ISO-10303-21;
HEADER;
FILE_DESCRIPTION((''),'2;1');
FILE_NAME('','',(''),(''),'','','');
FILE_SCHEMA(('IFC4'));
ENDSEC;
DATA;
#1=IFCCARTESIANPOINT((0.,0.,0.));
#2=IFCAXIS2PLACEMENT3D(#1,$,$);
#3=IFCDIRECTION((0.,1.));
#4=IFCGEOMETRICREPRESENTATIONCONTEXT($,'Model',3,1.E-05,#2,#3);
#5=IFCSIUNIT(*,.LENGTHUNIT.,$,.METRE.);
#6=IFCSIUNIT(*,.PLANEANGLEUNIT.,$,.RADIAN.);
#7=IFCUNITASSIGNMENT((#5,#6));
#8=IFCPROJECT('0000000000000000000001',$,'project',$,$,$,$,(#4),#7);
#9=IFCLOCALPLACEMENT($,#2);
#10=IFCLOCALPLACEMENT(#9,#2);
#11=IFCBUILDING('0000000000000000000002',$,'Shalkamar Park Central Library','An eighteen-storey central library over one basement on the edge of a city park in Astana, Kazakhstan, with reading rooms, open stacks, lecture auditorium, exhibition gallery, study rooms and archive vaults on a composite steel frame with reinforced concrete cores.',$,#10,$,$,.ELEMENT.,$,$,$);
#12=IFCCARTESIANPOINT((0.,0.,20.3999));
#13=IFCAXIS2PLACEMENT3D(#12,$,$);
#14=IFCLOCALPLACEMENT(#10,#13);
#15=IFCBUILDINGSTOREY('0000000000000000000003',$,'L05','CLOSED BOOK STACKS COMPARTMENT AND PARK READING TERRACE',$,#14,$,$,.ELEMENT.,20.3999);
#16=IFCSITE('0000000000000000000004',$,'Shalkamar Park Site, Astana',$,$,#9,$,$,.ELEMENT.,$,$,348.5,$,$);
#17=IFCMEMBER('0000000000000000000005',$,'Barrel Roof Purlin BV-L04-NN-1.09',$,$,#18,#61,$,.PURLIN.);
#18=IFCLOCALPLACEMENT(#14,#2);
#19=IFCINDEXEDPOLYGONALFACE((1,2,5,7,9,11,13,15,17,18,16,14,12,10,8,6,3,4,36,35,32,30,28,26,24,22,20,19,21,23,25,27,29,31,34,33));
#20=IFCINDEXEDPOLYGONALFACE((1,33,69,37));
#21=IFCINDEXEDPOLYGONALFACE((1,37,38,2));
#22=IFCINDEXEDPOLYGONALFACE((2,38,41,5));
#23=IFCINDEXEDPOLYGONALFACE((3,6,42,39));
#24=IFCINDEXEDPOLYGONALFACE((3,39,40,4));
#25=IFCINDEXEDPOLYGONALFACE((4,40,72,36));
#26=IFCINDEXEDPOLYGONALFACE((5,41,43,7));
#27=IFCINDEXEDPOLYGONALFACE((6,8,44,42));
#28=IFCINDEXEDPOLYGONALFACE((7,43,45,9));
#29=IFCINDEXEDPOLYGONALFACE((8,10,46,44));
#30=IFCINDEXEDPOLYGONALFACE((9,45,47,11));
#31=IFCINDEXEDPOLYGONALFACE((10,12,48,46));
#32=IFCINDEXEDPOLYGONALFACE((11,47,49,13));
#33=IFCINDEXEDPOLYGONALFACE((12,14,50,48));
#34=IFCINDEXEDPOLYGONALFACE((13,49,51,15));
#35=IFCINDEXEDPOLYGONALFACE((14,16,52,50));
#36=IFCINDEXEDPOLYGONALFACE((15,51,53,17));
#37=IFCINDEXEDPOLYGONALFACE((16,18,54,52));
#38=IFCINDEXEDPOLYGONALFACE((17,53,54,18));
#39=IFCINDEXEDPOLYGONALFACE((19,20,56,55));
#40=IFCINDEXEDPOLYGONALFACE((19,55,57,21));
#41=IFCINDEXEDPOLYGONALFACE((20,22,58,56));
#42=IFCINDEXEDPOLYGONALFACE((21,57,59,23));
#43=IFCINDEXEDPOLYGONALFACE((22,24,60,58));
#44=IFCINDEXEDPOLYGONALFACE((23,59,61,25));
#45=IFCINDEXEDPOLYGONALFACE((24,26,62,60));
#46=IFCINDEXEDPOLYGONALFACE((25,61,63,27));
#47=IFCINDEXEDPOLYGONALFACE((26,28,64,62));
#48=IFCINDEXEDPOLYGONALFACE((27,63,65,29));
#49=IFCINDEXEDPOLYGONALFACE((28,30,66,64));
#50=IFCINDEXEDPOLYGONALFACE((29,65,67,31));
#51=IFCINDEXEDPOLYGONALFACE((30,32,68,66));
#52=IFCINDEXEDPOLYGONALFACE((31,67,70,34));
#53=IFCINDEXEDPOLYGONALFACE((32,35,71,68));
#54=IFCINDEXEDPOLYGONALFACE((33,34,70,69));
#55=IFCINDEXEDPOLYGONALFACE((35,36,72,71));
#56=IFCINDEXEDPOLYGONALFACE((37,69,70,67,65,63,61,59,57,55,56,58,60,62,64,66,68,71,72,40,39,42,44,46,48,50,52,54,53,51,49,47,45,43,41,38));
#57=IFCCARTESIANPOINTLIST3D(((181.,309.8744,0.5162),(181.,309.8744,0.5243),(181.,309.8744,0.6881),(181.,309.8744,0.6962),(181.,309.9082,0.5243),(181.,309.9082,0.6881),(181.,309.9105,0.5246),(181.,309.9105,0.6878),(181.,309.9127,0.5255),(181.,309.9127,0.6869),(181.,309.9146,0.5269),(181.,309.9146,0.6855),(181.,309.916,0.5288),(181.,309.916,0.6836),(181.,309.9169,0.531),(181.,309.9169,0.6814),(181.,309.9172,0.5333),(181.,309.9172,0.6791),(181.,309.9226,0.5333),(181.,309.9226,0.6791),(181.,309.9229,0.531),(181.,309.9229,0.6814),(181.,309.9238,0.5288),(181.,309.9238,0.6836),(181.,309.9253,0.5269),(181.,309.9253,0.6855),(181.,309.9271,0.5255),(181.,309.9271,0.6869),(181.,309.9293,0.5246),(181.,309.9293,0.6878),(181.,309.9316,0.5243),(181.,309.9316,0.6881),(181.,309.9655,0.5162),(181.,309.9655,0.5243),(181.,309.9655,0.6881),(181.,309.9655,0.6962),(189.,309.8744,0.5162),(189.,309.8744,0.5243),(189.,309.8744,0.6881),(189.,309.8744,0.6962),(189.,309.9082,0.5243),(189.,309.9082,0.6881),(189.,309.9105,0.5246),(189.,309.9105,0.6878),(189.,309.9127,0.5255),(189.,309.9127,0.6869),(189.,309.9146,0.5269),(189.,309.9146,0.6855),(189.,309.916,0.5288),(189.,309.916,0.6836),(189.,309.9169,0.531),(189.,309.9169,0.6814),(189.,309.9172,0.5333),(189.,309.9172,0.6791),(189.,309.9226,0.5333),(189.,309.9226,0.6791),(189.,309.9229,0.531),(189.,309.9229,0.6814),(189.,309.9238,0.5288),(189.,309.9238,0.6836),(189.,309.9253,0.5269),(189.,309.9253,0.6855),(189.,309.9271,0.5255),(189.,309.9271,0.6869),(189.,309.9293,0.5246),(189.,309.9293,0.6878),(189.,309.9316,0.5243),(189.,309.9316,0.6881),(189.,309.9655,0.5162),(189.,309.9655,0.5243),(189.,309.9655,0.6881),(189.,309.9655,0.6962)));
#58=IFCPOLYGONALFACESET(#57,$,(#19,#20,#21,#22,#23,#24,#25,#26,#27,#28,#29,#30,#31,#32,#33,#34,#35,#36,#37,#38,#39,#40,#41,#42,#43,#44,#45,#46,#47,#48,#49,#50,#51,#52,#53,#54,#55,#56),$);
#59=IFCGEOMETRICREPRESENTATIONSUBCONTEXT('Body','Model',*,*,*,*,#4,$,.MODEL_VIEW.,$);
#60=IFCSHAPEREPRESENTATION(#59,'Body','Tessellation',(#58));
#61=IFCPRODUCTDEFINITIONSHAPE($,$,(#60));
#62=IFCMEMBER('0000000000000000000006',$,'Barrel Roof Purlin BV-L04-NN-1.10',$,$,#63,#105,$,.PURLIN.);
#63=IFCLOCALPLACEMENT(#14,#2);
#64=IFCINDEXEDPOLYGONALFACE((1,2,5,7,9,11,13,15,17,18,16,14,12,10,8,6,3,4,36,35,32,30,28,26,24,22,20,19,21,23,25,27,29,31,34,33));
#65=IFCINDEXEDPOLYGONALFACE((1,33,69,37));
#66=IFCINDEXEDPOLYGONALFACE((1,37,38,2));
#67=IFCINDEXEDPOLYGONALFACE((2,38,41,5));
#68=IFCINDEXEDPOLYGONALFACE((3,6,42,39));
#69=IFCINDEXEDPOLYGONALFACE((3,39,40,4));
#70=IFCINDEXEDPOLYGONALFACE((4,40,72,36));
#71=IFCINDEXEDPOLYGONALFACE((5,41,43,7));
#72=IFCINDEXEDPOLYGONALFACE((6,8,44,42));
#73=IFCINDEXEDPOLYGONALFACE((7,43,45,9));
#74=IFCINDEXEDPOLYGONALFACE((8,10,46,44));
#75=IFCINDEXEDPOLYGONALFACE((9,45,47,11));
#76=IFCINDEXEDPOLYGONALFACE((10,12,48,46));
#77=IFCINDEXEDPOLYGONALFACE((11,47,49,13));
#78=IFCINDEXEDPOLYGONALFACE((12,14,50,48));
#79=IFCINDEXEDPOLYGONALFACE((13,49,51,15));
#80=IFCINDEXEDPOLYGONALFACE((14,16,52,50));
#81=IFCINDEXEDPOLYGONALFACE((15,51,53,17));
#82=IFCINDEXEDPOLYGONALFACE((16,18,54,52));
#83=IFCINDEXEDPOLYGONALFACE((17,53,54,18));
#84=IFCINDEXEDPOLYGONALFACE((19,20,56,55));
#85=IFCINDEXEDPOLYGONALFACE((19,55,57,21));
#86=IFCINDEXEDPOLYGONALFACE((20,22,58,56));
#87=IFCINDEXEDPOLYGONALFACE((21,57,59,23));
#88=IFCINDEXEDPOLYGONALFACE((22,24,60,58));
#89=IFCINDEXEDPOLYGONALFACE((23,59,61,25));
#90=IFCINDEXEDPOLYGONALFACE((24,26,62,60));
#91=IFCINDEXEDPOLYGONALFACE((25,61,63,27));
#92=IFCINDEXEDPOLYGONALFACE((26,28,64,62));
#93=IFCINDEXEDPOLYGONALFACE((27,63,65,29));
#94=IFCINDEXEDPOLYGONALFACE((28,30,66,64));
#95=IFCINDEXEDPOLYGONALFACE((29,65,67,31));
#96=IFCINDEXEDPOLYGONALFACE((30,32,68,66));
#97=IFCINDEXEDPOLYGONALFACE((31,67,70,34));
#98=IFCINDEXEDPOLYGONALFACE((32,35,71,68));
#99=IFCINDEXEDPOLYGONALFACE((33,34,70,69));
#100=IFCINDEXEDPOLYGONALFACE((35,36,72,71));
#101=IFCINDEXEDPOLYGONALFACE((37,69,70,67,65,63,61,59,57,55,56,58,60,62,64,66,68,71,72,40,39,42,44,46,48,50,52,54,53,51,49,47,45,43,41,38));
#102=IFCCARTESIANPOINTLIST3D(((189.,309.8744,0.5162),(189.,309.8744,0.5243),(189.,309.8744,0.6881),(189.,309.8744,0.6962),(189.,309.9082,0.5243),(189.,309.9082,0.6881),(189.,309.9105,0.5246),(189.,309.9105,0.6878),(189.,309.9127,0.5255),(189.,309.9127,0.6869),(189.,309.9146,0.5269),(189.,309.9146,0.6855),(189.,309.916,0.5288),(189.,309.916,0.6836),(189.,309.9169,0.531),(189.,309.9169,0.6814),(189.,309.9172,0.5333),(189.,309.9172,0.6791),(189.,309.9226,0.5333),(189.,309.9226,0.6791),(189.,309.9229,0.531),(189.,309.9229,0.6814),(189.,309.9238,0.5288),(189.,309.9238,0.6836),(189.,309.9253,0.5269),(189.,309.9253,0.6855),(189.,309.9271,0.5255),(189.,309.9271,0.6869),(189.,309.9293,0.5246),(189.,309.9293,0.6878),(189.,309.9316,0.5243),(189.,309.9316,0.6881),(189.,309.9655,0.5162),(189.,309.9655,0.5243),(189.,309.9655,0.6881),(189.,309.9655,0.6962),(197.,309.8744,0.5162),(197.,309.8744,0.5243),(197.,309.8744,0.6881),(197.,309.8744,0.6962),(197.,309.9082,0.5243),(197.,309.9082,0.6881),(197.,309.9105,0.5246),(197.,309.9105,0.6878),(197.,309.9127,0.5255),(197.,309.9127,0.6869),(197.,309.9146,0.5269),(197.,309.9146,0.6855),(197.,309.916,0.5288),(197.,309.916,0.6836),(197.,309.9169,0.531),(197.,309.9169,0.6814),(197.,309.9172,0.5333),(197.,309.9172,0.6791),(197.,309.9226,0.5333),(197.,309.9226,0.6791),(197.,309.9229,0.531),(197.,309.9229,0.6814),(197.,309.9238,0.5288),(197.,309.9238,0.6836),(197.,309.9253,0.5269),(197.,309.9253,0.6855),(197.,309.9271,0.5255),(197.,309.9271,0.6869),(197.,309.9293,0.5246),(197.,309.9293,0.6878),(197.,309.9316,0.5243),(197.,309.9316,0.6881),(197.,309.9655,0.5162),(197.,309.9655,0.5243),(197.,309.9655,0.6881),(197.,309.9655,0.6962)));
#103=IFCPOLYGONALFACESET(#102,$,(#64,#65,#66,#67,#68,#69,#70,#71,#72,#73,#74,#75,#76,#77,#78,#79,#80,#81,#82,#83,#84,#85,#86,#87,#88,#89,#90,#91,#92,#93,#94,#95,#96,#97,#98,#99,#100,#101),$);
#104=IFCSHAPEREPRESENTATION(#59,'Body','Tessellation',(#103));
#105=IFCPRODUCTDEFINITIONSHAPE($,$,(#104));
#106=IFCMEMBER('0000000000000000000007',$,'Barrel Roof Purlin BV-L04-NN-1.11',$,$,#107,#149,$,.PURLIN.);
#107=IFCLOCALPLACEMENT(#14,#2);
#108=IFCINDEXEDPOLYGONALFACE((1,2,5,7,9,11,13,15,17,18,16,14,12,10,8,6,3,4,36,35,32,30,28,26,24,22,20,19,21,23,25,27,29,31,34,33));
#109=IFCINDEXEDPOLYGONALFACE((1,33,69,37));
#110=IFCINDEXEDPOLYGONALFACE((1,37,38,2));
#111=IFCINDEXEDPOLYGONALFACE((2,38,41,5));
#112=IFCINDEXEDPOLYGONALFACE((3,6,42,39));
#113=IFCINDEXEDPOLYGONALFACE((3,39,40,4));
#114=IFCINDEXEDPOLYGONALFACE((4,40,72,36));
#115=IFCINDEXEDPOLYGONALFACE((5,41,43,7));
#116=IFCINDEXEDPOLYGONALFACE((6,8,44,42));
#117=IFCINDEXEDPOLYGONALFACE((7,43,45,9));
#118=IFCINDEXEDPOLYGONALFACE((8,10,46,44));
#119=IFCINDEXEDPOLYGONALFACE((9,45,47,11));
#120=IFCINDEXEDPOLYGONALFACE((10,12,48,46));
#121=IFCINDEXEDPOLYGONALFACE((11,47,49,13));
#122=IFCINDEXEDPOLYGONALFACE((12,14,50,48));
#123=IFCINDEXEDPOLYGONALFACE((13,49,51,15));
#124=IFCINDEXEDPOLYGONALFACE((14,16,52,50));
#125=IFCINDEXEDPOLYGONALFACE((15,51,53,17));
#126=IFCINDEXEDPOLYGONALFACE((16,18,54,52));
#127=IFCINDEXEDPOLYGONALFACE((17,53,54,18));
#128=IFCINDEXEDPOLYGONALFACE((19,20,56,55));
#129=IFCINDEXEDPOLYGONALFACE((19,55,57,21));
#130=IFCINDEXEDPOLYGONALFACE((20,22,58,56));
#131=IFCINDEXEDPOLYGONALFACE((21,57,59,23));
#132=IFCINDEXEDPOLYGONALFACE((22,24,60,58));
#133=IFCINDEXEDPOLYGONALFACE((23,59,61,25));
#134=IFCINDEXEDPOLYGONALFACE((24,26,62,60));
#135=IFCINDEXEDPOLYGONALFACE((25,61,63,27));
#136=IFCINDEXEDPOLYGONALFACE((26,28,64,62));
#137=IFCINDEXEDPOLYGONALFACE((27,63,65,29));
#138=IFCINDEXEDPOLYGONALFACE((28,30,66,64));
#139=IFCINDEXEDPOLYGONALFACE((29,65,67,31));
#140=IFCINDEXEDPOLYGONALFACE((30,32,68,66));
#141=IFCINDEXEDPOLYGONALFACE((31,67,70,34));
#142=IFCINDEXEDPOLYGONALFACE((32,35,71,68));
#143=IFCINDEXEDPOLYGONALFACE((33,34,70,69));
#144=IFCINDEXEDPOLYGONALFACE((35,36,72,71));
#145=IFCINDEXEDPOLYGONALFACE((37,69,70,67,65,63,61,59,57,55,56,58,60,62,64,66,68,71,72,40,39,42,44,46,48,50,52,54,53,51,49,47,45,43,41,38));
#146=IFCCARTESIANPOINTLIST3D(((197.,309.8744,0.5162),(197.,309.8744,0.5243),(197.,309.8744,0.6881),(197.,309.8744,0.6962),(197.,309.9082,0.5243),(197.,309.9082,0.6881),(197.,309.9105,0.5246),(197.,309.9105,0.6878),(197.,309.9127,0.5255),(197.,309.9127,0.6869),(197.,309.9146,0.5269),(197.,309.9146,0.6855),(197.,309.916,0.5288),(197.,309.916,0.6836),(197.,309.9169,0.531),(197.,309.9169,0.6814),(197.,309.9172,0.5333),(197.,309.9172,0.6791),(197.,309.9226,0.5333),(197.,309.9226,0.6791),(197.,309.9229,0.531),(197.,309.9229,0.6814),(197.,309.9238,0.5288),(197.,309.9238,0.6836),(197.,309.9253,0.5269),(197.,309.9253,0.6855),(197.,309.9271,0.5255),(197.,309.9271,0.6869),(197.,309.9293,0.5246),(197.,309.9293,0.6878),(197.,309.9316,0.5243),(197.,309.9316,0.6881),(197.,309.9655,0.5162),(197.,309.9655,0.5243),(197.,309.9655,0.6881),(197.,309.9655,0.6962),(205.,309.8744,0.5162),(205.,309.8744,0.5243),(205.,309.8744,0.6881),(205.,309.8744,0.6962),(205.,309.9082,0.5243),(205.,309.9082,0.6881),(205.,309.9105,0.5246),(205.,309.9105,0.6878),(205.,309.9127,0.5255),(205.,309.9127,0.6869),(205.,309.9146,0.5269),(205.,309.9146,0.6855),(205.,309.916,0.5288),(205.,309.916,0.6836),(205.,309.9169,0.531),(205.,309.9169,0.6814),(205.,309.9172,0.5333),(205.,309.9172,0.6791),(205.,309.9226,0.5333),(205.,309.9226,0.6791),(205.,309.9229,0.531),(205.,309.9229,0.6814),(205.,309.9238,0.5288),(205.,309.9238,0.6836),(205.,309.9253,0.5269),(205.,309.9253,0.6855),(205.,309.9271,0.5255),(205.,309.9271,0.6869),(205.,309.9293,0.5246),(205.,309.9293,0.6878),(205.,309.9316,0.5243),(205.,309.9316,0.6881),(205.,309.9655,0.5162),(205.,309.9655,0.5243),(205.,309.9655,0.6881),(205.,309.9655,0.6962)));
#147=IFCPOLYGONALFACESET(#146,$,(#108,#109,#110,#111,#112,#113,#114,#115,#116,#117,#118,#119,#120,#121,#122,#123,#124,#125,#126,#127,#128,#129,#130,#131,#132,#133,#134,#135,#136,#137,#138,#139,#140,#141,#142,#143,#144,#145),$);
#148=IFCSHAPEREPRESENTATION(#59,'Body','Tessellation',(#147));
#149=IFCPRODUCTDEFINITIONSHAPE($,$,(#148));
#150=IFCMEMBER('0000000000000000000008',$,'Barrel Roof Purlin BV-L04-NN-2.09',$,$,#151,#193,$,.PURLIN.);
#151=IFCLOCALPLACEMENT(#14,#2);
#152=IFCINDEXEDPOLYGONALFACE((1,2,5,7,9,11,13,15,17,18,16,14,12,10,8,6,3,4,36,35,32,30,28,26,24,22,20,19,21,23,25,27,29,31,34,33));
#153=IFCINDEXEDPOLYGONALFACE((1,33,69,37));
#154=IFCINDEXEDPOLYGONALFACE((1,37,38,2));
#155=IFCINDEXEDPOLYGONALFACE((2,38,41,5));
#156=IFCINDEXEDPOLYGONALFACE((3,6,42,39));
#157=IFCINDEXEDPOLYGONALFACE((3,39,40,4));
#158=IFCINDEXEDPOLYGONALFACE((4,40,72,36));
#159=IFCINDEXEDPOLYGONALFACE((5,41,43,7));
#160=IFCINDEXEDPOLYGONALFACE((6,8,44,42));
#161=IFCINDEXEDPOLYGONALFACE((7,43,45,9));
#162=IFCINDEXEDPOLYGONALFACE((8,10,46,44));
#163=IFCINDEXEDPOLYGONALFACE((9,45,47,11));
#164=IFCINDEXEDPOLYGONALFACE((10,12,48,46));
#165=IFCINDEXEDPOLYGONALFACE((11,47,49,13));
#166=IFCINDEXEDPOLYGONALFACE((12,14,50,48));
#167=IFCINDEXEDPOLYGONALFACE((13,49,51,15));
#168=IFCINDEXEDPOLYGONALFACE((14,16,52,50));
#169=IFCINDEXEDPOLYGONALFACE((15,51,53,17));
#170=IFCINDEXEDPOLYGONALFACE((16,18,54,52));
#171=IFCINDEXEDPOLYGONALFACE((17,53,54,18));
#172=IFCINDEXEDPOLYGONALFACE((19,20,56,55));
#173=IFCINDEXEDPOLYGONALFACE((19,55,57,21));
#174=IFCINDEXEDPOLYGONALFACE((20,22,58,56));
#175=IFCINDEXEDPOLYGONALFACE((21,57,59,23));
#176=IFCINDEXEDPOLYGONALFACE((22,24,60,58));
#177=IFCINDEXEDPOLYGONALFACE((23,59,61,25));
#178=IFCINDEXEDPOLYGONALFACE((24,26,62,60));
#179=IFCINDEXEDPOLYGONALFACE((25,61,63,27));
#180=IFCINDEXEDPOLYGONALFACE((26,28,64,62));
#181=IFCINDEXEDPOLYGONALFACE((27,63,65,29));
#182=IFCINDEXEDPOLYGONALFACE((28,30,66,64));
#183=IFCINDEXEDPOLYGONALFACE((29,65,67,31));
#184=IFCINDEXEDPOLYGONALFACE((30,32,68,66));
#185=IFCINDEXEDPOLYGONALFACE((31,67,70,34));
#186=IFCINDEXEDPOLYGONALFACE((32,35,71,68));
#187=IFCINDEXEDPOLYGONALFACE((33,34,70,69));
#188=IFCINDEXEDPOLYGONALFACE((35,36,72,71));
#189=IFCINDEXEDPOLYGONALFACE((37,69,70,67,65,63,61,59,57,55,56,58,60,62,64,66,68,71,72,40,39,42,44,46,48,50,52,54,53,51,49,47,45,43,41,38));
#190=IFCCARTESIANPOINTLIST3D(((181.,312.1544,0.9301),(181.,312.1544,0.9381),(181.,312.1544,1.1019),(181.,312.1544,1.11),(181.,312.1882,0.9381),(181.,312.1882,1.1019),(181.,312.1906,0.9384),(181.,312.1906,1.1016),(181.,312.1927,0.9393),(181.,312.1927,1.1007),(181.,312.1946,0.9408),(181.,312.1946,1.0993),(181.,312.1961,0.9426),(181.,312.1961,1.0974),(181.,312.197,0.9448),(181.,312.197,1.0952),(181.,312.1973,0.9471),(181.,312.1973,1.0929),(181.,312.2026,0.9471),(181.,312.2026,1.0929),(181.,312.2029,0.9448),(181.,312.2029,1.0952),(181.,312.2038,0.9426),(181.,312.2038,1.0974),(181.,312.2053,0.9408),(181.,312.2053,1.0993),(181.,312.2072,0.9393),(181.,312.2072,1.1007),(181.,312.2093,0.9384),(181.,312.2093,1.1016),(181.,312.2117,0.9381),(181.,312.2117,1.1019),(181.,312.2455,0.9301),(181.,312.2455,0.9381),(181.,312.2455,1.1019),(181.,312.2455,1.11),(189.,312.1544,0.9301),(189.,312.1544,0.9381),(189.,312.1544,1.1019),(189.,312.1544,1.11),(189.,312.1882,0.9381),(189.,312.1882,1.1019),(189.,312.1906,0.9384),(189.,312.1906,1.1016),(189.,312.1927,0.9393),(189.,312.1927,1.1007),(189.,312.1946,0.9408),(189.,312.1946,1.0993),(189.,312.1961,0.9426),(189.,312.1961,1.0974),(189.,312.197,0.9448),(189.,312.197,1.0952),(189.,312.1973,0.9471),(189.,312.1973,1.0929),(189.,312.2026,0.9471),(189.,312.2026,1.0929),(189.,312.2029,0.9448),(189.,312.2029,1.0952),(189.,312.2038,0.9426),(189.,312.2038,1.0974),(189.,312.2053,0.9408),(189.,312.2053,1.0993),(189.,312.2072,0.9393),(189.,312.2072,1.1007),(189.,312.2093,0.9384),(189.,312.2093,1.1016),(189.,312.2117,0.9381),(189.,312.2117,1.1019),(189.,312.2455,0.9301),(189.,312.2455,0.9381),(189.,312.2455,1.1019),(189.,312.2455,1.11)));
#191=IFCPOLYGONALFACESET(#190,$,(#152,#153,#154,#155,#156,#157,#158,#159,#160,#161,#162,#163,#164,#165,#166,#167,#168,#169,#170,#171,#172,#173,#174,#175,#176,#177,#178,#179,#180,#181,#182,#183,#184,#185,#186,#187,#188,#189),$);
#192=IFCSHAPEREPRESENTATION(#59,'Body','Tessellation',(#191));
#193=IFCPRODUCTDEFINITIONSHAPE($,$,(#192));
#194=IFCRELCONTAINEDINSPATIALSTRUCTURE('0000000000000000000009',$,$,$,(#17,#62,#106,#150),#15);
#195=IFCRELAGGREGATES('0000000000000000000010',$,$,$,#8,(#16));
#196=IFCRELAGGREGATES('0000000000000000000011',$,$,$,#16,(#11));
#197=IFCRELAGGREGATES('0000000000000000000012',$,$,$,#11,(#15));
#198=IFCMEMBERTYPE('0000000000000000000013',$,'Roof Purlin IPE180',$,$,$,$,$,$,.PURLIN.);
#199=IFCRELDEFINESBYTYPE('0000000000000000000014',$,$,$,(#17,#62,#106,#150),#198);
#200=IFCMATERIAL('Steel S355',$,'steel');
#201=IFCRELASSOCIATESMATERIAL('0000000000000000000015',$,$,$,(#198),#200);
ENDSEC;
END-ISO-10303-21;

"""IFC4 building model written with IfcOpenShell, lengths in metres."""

from ifc_helpers import new_model, si_unit, direction, frame, origin, origin_2d, place, context, subcontext, project, spatial, i_section, extrude, material, material_profile, profile_set, type_object, element, save


model = new_model("IFC4")

# Units and contexts
model_context = context("Model", 3, precision=1e-05, world=origin(), true_north=direction((0.0, 1.0)))
body_context = subcontext(model_context, "Body", "Model", "MODEL_VIEW")
ifc_project = project(units=[si_unit("LENGTHUNIT", "METRE"), si_unit("PLANEANGLEUNIT", "RADIAN")], contexts=[model_context])

# Site, building, storey
site_placement = place(None, origin())
site = spatial("IfcSite", under=ifc_project, at=site_placement, Name="Shalkamar Park Site, Astana", CompositionType="ELEMENT", RefElevation=348.5)
building_placement = place(site_placement, origin())
building = spatial("IfcBuilding", under=site, at=building_placement, Name="Shalkamar Park Central Library", Description="An eighteen-storey central library over one basement on the edge of a city park in Astana, Kazakhstan, with reading rooms, open stacks, lecture auditorium, exhibition gallery, study rooms and archive vaults on a composite steel frame with reinforced concrete cores.", CompositionType="ELEMENT")
storey_placement = place(building_placement, frame((0.0, 0.0, 20.3999)))
storey = spatial("IfcBuildingStorey", under=building, at=storey_placement, Name="L05", Description="CLOSED BOOK STACKS COMPARTMENT AND PARK READING TERRACE", CompositionType="ELEMENT", Elevation=20.3999)

# Shared definitions
ifc_material_1 = material(Name="Steel S355", Category="steel")

# Members
ifc_material_profile_1 = material_profile(ifc_material_1, i_section(OverallWidth=0.0911, OverallDepth=0.1799, WebThickness=0.0054, FlangeThickness=0.0081, FilletRadius=0.009, at=origin_2d()), Name="IPE 180")
ifc_profile_set_1 = profile_set([ifc_material_profile_1], Name="Steel S355")
member_type_1 = type_object("IfcMemberType", Name="Roof Purlin IPE180", PredefinedType="PURLIN", material=ifc_profile_set_1)
for number, where, z_axis, x_axis, name in (
    (1, (181.0, 309.9199, 0.6062), (1.0, 0.0, 0.0), (0.0, 1.0, 0.0), "Barrel Roof Purlin BV-L04-NN-1.09"),
    (2, (189.0, 309.9199, 0.6062), (1.0, 0.0, 0.0), (0.0, 1.0, 0.0), "Barrel Roof Purlin BV-L04-NN-1.10"),
    (3, (197.0, 309.9199, 0.6062), (1.0, 0.0, 0.0), (0.0, 1.0, 0.0), "Barrel Roof Purlin BV-L04-NN-1.11"),
    (4, (181.0, 312.2, 1.02), (1.0, 0.0, 0.0), (0.0, 1.0, 0.0), "Barrel Roof Purlin BV-L04-NN-2.09"),
):
    element("IfcMember", number, at=place(storey_placement, frame(where, z_axis=z_axis, x_axis=x_axis)), inside=storey, type_object=member_type_1, Name=name, PredefinedType="PURLIN", context=body_context, shape_type="SweptSolid", body=[
        extrude(i_section(OverallWidth=0.0911, OverallDepth=0.1799, WebThickness=0.0054, FlangeThickness=0.0081, FilletRadius=0.009, at=origin_2d()), origin(), (0.0, 0.0, 1.0), 8.0),
    ])

save(model, "model.ifc")
